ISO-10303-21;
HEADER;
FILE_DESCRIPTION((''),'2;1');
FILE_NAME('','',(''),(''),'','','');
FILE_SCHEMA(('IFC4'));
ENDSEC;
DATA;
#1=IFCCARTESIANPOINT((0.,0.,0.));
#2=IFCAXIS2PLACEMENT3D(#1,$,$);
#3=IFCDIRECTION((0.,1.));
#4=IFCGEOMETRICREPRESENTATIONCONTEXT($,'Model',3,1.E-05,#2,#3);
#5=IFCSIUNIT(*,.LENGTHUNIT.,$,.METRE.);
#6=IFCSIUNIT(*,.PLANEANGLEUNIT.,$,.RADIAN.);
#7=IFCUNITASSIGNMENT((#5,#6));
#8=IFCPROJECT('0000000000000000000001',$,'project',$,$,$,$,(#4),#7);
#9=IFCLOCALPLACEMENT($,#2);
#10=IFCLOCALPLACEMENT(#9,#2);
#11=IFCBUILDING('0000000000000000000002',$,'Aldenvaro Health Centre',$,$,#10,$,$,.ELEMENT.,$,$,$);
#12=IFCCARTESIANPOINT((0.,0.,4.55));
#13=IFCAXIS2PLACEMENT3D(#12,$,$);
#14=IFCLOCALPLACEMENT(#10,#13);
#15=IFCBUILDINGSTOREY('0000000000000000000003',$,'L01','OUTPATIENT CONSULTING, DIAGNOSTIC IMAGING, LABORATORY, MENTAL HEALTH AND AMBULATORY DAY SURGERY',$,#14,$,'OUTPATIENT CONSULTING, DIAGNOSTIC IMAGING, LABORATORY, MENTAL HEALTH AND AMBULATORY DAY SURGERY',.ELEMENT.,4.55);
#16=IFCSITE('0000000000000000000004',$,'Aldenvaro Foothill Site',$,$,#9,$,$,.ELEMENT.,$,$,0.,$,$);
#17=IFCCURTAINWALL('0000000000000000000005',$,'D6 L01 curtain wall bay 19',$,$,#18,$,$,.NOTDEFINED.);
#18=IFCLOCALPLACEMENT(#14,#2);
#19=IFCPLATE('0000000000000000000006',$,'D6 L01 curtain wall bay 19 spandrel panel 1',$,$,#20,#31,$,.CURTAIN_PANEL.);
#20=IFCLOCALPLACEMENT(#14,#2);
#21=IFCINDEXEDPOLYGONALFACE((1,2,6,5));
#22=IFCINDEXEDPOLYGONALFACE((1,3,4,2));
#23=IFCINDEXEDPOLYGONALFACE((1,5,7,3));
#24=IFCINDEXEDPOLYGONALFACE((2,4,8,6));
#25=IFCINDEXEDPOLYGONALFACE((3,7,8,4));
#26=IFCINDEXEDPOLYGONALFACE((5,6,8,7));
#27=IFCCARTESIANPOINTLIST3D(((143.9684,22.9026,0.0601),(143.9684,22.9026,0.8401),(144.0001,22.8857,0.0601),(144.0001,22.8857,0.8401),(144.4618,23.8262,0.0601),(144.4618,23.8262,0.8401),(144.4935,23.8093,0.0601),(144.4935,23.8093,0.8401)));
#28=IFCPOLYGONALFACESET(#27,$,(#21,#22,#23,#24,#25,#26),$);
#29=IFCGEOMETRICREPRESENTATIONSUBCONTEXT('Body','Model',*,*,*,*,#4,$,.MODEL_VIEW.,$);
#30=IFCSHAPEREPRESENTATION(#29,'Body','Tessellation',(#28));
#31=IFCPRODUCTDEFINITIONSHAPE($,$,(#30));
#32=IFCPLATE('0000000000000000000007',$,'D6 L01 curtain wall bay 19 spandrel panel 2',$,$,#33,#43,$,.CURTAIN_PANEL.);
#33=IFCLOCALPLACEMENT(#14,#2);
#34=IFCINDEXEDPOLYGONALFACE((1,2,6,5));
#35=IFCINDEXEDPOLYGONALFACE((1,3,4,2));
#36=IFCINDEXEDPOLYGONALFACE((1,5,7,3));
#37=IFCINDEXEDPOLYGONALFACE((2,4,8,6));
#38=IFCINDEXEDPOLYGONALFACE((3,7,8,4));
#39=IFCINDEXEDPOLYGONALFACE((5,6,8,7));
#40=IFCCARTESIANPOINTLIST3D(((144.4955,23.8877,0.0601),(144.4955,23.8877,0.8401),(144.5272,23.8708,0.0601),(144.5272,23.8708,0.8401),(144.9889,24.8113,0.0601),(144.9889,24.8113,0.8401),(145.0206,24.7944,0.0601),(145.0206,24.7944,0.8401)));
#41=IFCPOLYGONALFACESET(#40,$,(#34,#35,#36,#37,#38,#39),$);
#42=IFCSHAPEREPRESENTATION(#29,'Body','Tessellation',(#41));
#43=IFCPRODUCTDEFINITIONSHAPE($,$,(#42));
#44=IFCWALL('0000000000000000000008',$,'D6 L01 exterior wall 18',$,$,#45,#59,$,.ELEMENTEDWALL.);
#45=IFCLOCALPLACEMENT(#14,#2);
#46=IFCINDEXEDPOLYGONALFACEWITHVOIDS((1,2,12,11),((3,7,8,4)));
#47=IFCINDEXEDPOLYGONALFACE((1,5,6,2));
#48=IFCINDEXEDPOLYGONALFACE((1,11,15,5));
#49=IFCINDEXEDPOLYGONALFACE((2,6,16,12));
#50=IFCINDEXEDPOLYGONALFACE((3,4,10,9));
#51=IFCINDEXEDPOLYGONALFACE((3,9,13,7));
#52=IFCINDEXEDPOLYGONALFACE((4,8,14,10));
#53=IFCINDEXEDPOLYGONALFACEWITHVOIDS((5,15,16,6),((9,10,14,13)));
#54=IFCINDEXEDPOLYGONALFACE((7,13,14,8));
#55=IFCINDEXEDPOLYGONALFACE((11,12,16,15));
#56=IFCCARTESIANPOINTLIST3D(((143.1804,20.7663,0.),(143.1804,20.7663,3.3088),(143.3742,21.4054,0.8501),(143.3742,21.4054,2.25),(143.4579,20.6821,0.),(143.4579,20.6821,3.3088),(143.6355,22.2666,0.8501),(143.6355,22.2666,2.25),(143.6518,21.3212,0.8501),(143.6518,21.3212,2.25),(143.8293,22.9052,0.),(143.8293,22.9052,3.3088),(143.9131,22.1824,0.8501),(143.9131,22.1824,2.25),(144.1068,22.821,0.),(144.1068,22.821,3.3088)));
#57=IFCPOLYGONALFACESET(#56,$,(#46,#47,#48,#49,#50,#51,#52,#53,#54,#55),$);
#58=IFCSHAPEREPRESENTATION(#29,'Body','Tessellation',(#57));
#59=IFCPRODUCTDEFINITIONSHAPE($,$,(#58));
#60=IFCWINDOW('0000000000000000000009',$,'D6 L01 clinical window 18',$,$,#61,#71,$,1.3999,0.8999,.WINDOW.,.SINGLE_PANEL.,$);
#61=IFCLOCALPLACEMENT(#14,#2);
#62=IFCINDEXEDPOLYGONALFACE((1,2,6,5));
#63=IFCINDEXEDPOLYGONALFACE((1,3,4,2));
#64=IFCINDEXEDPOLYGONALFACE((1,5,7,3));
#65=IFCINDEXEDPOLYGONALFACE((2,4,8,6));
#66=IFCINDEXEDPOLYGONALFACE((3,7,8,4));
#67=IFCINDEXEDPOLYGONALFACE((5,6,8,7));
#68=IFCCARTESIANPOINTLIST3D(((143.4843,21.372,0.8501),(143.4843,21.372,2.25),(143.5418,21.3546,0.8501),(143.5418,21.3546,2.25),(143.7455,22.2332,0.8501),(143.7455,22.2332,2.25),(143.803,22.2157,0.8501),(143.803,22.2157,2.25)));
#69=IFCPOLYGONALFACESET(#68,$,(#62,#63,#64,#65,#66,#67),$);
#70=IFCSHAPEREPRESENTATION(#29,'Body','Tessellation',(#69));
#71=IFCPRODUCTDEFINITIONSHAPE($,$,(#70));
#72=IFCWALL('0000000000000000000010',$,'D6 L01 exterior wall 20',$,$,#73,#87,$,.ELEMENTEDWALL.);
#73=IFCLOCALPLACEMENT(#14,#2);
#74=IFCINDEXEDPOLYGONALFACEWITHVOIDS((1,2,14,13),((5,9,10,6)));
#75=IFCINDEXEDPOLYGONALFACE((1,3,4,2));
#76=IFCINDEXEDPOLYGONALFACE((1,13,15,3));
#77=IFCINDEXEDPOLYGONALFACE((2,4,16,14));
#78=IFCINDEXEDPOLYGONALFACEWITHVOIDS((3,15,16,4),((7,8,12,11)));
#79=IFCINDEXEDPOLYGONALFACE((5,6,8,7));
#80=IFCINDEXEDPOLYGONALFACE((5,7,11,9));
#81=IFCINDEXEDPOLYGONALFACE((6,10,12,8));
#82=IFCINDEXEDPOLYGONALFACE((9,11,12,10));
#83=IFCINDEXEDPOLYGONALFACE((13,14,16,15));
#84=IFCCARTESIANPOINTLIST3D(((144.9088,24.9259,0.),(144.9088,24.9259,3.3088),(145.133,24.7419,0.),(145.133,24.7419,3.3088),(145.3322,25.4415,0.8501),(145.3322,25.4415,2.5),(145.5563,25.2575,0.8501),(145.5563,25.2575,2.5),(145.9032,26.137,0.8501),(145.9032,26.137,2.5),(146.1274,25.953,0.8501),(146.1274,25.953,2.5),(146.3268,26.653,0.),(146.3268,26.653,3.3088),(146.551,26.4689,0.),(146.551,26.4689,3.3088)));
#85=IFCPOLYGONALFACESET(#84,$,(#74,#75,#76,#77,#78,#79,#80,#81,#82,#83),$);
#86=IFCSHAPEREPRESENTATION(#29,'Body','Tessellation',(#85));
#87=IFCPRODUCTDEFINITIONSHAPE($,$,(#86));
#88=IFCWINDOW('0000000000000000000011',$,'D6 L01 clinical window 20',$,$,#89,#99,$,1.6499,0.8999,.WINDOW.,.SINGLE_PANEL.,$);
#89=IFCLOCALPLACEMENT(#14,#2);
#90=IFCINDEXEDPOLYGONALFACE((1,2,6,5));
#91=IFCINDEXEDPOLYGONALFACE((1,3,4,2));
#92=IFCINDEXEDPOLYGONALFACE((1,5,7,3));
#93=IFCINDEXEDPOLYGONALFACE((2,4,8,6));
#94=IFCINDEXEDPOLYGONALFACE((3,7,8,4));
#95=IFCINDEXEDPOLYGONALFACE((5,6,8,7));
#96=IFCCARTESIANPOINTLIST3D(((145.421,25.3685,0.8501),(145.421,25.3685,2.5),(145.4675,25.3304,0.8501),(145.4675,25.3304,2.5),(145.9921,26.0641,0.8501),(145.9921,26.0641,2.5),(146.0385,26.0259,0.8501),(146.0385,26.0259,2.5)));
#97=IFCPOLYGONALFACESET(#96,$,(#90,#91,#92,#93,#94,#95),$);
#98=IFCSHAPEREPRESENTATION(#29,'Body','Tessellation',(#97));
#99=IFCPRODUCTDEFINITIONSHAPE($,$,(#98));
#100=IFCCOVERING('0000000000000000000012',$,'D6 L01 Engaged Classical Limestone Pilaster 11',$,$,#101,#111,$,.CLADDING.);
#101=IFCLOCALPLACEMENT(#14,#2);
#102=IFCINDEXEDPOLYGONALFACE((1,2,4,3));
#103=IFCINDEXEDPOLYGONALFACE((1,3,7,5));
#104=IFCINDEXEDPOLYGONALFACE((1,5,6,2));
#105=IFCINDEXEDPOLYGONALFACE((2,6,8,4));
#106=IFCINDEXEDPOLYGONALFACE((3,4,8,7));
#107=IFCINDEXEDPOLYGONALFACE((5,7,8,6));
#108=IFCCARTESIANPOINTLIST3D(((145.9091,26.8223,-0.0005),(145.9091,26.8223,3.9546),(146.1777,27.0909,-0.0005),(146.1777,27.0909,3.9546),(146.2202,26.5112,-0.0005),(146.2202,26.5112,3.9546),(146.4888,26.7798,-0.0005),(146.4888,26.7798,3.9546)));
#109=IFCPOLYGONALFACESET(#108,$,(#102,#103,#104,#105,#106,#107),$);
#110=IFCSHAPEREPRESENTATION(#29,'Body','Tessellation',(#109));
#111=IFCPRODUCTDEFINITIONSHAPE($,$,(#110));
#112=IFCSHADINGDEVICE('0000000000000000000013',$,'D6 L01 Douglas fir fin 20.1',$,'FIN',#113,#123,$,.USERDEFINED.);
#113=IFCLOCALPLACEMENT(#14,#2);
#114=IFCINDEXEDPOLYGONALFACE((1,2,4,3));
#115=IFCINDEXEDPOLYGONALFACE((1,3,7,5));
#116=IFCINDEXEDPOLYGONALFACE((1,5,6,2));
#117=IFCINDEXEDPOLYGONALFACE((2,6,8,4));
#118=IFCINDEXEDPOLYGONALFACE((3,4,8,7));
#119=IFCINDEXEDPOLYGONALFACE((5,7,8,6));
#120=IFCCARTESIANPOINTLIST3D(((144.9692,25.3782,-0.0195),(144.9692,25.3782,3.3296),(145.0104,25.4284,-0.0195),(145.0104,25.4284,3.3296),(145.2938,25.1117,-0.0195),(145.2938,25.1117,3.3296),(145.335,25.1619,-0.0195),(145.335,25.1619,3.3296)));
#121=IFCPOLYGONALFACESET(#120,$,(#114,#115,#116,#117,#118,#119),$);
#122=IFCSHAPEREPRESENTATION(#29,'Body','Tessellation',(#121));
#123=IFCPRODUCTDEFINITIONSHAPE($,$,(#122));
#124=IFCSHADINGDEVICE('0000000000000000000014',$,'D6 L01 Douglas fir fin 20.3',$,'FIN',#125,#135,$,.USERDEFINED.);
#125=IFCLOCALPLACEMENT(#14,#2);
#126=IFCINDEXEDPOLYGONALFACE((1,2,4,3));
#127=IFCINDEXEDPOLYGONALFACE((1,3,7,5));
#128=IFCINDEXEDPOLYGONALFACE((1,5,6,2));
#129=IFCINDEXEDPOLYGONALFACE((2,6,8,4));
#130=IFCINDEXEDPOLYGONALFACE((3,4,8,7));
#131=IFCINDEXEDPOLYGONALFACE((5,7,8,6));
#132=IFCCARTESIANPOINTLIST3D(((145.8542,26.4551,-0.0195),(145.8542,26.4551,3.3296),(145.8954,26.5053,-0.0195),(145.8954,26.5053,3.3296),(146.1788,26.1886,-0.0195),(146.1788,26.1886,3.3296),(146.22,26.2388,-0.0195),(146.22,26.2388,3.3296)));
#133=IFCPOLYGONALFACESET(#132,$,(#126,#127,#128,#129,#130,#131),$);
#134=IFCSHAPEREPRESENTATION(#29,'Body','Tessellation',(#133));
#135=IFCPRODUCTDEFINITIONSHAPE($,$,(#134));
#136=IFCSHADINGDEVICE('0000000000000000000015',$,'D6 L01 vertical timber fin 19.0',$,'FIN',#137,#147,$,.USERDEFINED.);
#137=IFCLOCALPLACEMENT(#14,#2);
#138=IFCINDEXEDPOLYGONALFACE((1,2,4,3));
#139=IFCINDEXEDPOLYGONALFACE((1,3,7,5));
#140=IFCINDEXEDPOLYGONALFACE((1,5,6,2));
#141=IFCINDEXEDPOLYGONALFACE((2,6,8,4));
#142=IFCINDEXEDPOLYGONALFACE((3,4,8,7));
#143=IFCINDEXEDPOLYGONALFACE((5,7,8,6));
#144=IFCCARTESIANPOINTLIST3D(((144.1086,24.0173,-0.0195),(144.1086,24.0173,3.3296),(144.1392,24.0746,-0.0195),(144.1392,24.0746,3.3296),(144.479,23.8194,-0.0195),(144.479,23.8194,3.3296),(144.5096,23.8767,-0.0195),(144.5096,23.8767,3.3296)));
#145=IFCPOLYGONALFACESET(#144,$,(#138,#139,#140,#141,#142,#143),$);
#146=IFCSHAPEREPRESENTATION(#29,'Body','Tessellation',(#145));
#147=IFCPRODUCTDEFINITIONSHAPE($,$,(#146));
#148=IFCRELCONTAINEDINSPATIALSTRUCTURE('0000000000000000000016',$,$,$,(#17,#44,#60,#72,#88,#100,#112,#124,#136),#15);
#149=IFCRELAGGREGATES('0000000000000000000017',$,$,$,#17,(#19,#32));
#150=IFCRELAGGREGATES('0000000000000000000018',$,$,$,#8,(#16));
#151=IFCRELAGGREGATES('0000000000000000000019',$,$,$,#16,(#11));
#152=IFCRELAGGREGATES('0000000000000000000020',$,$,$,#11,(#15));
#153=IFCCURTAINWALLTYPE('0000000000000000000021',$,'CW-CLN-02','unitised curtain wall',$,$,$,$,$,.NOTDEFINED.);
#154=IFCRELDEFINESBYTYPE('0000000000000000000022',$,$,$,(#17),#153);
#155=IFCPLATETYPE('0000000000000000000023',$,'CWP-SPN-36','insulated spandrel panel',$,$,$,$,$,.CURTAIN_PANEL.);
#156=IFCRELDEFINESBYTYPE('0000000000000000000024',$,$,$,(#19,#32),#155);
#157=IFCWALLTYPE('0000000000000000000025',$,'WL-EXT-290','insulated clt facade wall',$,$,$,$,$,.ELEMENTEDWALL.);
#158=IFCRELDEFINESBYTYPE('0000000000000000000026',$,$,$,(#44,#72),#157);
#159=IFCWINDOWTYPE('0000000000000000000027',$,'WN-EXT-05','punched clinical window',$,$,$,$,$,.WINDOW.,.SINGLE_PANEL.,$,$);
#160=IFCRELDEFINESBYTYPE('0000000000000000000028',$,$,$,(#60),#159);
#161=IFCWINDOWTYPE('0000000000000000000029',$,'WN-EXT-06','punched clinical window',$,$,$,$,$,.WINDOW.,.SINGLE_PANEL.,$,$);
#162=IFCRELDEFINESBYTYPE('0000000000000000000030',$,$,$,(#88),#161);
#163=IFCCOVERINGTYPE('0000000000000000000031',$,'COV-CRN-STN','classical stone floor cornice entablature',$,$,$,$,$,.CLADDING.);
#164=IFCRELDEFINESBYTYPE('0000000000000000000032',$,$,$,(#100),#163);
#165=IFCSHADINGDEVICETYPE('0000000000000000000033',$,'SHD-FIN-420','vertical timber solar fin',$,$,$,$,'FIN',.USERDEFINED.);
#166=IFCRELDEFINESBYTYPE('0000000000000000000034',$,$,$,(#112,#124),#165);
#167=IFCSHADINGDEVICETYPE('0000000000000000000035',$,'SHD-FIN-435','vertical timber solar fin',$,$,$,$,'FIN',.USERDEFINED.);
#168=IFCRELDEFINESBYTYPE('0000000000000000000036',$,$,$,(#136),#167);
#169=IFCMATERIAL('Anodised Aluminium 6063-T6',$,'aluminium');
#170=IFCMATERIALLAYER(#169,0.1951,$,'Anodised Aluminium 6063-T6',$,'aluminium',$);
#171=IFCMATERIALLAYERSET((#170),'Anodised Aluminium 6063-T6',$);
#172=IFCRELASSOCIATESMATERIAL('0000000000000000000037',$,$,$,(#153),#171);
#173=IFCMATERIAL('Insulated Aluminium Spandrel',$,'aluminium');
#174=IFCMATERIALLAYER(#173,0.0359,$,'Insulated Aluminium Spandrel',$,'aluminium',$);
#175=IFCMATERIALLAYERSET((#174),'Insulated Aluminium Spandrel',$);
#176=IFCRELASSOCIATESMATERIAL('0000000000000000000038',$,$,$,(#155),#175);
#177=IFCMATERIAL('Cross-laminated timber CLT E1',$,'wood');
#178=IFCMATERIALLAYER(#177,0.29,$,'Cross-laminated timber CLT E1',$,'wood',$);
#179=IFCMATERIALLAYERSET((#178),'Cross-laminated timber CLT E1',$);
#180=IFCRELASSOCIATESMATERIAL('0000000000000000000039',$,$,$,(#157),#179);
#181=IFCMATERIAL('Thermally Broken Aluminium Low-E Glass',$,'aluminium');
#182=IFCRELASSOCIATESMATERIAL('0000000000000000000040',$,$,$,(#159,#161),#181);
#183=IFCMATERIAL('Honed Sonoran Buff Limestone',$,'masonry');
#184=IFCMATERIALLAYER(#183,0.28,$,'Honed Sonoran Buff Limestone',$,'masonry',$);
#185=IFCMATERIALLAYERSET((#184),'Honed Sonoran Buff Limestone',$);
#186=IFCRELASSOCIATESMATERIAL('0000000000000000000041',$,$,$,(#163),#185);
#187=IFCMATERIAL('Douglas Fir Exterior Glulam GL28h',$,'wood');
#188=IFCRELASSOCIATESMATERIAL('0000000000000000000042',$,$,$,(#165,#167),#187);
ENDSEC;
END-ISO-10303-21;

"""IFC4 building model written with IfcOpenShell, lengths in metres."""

from ifc_helpers import new_model, si_unit, direction, frame, frame_2d, origin, origin_2d, place, context, subcontext, project, spatial, rectangle, extrude, material, layer, layer_set, type_object, element, fill, aggregate, save


model = new_model("IFC4")

# Units and contexts
model_context = context("Model", 3, precision=1e-05, world=origin(), true_north=direction((0.0, 1.0)))
body_context = subcontext(model_context, "Body", "Model", "MODEL_VIEW")
ifc_project = project(units=[si_unit("LENGTHUNIT", "METRE"), si_unit("PLANEANGLEUNIT", "RADIAN")], contexts=[model_context])

# Site, building, storey
site_placement = place(None, origin())
site = spatial("IfcSite", under=ifc_project, at=site_placement, Name="Aldenvaro Foothill Site", CompositionType="ELEMENT", RefElevation=0.0)
building_placement = place(site_placement, origin())
building = spatial("IfcBuilding", under=site, at=building_placement, Name="Aldenvaro Health Centre", CompositionType="ELEMENT")
storey_placement = place(building_placement, frame((0.0, 0.0, 4.55)))
storey = spatial("IfcBuildingStorey", under=building, at=storey_placement, Name="L01", Description="OUTPATIENT CONSULTING, DIAGNOSTIC IMAGING, LABORATORY, MENTAL HEALTH AND AMBULATORY DAY SURGERY", LongName="OUTPATIENT CONSULTING, DIAGNOSTIC IMAGING, LABORATORY, MENTAL HEALTH AND AMBULATORY DAY SURGERY", CompositionType="ELEMENT", Elevation=4.55)

# Curtain wall
ifc_material_1 = material(Name="Anodised Aluminium 6063-T6", Category="aluminium")
ifc_layer_1 = layer(ifc_material_1, 0.1951, Name="Anodised Aluminium 6063-T6", Category="aluminium")
ifc_layer_set_1 = layer_set([ifc_layer_1], Name="Anodised Aluminium 6063-T6")
curtain_wall_type = type_object("IfcCurtainWallType", Name="CW-CLN-02", Description="unitised curtain wall", PredefinedType="NOTDEFINED", material=ifc_layer_set_1)
curtain_wall_placement = place(storey_placement, origin())
curtain_wall = element("IfcCurtainWall", 1, at=curtain_wall_placement, inside=storey, type_object=curtain_wall_type, Name="D6 L01 curtain wall bay 19", PredefinedType="NOTDEFINED")

# Plates
ifc_material_2 = material(Name="Insulated Aluminium Spandrel", Category="aluminium")
ifc_layer_2 = layer(ifc_material_2, 0.0359, Name="Insulated Aluminium Spandrel", Category="aluminium")
ifc_layer_set_2 = layer_set([ifc_layer_2], Name="Insulated Aluminium Spandrel")
plate_type_1 = type_object("IfcPlateType", Name="CWP-SPN-36", Description="insulated spandrel panel", PredefinedType="CURTAIN_PANEL", material=ifc_layer_set_2)
plate_1_placement = place(storey_placement, frame((144.231, 23.356, 0.0601), z_axis=(0.0, 0.0, 1.0), x_axis=(0.471215, 0.882018, 0.0)))
plate_1 = element("IfcPlate", 2, at=plate_1_placement, type_object=plate_type_1, Name="D6 L01 curtain wall bay 19 spandrel panel 1", PredefinedType="CURTAIN_PANEL", context=body_context, shape_type="SweptSolid", body=[
    extrude(rectangle(XDim=1.0471, YDim=0.0359, at=origin_2d()), origin(), (0.0, 0.0, 1.0), 0.78),
])
plate_2_placement = place(storey_placement, frame((144.7581, 24.3411, 0.0601), z_axis=(0.0, 0.0, 1.0), x_axis=(0.471215, 0.882018, 0.0)))
plate_2 = element("IfcPlate", 3, at=plate_2_placement, type_object=plate_type_1, Name="D6 L01 curtain wall bay 19 spandrel panel 2", PredefinedType="CURTAIN_PANEL", context=body_context, shape_type="SweptSolid", body=[
    extrude(rectangle(XDim=1.0471, YDim=0.0359, at=origin_2d()), origin(), (0.0, 0.0, 1.0), 0.78),
])
aggregate(curtain_wall, [plate_1, plate_2])

# Walls, openings, windows
ifc_material_3 = material(Name="Cross-laminated timber CLT E1", Category="wood")
ifc_layer_3 = layer(ifc_material_3, 0.29, Name="Cross-laminated timber CLT E1", Category="wood")
ifc_layer_set_3 = layer_set([ifc_layer_3], Name="Cross-laminated timber CLT E1")
wall_type = type_object("IfcWallType", Name="WL-EXT-290", Description="insulated clt facade wall", PredefinedType="ELEMENTEDWALL", material=ifc_layer_set_3)
wall_1_placement = place(storey_placement, frame((143.3191, 20.7241, 0.0), z_axis=(0.0, 0.0, 1.0), x_axis=(0.290323, 0.956929, 0.0)))
wall_1 = element("IfcWall", 4, at=wall_1_placement, inside=storey, type_object=wall_type, Name="D6 L01 exterior wall 18", PredefinedType="ELEMENTEDWALL", context=body_context, shape_type="SweptSolid", body=[
    extrude(rectangle(XDim=2.2351, YDim=0.29, at=frame_2d((1.1177, 0.0))), origin(), (0.0, 0.0, 1.0), 3.3088),
])
opening_1_placement = place(wall_1_placement, frame((0.668, 0.0, 0.8501)))
opening_1 = element("IfcOpeningElement", 5, at=opening_1_placement, cuts=wall_1, PredefinedType="OPENING", context=body_context, shape_type="SweptSolid", body=[
    extrude(rectangle(XDim=0.8999, YDim=1.3999, at=frame_2d((0.45, 0.7))), frame((0.0, 0.155, 0.0), z_axis=(0.0, -1.0, 0.0), x_axis=(1.0, 0.0, 0.0)), (0.0, 0.0, 1.0), 0.3101),
])
ifc_material_4 = material(Name="Thermally Broken Aluminium Low-E Glass", Category="aluminium")
window_type_1 = type_object("IfcWindowType", Name="WN-EXT-05", Description="punched clinical window", PartitioningType="SINGLE_PANEL", PredefinedType="WINDOW", material=ifc_material_4)
window_1_placement = place(opening_1_placement, origin())
window_1 = element("IfcWindow", 6, at=window_1_placement, inside=storey, type_object=window_type_1, Name="D6 L01 clinical window 18", OverallHeight=1.3999, OverallWidth=0.8999, PartitioningType="SINGLE_PANEL", PredefinedType="WINDOW", context=body_context, shape_type="SweptSolid", body=[
    extrude(rectangle(XDim=0.8999, YDim=1.3999, at=frame_2d((0.45, 0.7))), frame((0.0, 0.03, 0.0), z_axis=(0.0, -1.0, 0.0), x_axis=(1.0, 0.0, 0.0)), (0.0, 0.0, 1.0), 0.0601),
])
fill(opening_1, window_1)
wall_2_placement = place(storey_placement, frame((145.021, 24.834, 0.0), z_axis=(0.0, 0.0, 1.0), x_axis=(0.634558, 0.772876, 0.0)))
wall_2 = element("IfcWall", 7, at=wall_2_placement, inside=storey, type_object=wall_type, Name="D6 L01 exterior wall 20", PredefinedType="ELEMENTEDWALL", context=body_context, shape_type="SweptSolid", body=[
    extrude(rectangle(XDim=2.2346, YDim=0.29, at=frame_2d((1.1172, 0.0))), origin(), (0.0, 0.0, 1.0), 3.3088),
])
opening_2_placement = place(wall_2_placement, frame((0.667, 0.0, 0.8501)))
opening_2 = element("IfcOpeningElement", 8, at=opening_2_placement, cuts=wall_2, PredefinedType="OPENING", context=body_context, shape_type="SweptSolid", body=[
    extrude(rectangle(XDim=0.8999, YDim=1.6499, at=frame_2d((0.45, 0.825))), frame((0.0, 0.155, 0.0), z_axis=(0.0, -1.0, 0.0), x_axis=(1.0, 0.0, 0.0)), (0.0, 0.0, 1.0), 0.3101),
])
window_type_2 = type_object("IfcWindowType", Name="WN-EXT-06", Description="punched clinical window", PartitioningType="SINGLE_PANEL", PredefinedType="WINDOW", material=ifc_material_4)
window_2_placement = place(opening_2_placement, origin())
window_2 = element("IfcWindow", 9, at=window_2_placement, inside=storey, type_object=window_type_2, Name="D6 L01 clinical window 20", OverallHeight=1.6499, OverallWidth=0.8999, PartitioningType="SINGLE_PANEL", PredefinedType="WINDOW", context=body_context, shape_type="SweptSolid", body=[
    extrude(rectangle(XDim=0.8999, YDim=1.6499, at=frame_2d((0.45, 0.825))), frame((0.0, 0.03, 0.0), z_axis=(0.0, -1.0, 0.0), x_axis=(1.0, 0.0, 0.0)), (0.0, 0.0, 1.0), 0.0601),
])
fill(opening_2, window_2)

# Covering
ifc_material_5 = material(Name="Honed Sonoran Buff Limestone", Category="masonry")
ifc_layer_4 = layer(ifc_material_5, 0.28, Name="Honed Sonoran Buff Limestone", Category="masonry")
ifc_layer_set_4 = layer_set([ifc_layer_4], Name="Honed Sonoran Buff Limestone")
covering_type = type_object("IfcCoveringType", Name="COV-CRN-STN", Description="classical stone floor cornice entablature", PredefinedType="CLADDING", material=ifc_layer_set_4)
covering_placement = place(storey_placement, frame((146.199, 26.801, -0.0005), z_axis=(0.0, 0.0, 1.0), x_axis=(-0.707107, 0.707107, 0.0)))
element("IfcCovering", 10, at=covering_placement, inside=storey, type_object=covering_type, Name="D6 L01 Engaged Classical Limestone Pilaster 11", PredefinedType="CLADDING", context=body_context, shape_type="SweptSolid", body=[
    extrude(rectangle(XDim=0.4399, YDim=0.3799, at=origin_2d()), origin(), (0.0, 0.0, 1.0), 3.9551),
])

# Shading devices
ifc_material_6 = material(Name="Douglas Fir Exterior Glulam GL28h", Category="wood")
shading_device_type_1 = type_object("IfcShadingDeviceType", Name="SHD-FIN-420", Description="vertical timber solar fin", ElementType="FIN", PredefinedType="USERDEFINED", material=ifc_material_6)
for number, where, z_axis, x_axis, name in (
    (11, (145.1521, 25.27, -0.0195), (0.0, 0.0, 1.0), (0.634577, 0.77286, 0.0), "D6 L01 Douglas fir fin 20.1"),
    (12, (146.0371, 26.3469, -0.0195), (0.0, 0.0, 1.0), (0.634577, 0.77286, 0.0), "D6 L01 Douglas fir fin 20.3"),
):
    element("IfcShadingDevice", number, at=place(storey_placement, frame(where, z_axis=z_axis, x_axis=x_axis)), inside=storey, type_object=shading_device_type_1, Name=name, ObjectType="FIN", PredefinedType="USERDEFINED", context=body_context, shape_type="SweptSolid", body=[
        extrude(rectangle(XDim=0.0649, YDim=0.4199, at=origin_2d()), origin(), (0.0, 0.0, 1.0), 3.3491),
    ])
shading_device_type_2 = type_object("IfcShadingDeviceType", Name="SHD-FIN-435", Description="vertical timber solar fin", ElementType="FIN", PredefinedType="USERDEFINED", material=ifc_material_6)
shading_device_placement = place(storey_placement, frame((144.3091, 23.947, -0.0195), z_axis=(0.0, 0.0, 1.0), x_axis=(0.471215, 0.882018, 0.0)))
element("IfcShadingDevice", 13, at=shading_device_placement, inside=storey, type_object=shading_device_type_2, Name="D6 L01 vertical timber fin 19.0", ObjectType="FIN", PredefinedType="USERDEFINED", context=body_context, shape_type="SweptSolid", body=[
    extrude(rectangle(XDim=0.0649, YDim=0.4199, at=origin_2d()), origin(), (0.0, 0.0, 1.0), 3.3491),
])

save(model, "model.ifc")
